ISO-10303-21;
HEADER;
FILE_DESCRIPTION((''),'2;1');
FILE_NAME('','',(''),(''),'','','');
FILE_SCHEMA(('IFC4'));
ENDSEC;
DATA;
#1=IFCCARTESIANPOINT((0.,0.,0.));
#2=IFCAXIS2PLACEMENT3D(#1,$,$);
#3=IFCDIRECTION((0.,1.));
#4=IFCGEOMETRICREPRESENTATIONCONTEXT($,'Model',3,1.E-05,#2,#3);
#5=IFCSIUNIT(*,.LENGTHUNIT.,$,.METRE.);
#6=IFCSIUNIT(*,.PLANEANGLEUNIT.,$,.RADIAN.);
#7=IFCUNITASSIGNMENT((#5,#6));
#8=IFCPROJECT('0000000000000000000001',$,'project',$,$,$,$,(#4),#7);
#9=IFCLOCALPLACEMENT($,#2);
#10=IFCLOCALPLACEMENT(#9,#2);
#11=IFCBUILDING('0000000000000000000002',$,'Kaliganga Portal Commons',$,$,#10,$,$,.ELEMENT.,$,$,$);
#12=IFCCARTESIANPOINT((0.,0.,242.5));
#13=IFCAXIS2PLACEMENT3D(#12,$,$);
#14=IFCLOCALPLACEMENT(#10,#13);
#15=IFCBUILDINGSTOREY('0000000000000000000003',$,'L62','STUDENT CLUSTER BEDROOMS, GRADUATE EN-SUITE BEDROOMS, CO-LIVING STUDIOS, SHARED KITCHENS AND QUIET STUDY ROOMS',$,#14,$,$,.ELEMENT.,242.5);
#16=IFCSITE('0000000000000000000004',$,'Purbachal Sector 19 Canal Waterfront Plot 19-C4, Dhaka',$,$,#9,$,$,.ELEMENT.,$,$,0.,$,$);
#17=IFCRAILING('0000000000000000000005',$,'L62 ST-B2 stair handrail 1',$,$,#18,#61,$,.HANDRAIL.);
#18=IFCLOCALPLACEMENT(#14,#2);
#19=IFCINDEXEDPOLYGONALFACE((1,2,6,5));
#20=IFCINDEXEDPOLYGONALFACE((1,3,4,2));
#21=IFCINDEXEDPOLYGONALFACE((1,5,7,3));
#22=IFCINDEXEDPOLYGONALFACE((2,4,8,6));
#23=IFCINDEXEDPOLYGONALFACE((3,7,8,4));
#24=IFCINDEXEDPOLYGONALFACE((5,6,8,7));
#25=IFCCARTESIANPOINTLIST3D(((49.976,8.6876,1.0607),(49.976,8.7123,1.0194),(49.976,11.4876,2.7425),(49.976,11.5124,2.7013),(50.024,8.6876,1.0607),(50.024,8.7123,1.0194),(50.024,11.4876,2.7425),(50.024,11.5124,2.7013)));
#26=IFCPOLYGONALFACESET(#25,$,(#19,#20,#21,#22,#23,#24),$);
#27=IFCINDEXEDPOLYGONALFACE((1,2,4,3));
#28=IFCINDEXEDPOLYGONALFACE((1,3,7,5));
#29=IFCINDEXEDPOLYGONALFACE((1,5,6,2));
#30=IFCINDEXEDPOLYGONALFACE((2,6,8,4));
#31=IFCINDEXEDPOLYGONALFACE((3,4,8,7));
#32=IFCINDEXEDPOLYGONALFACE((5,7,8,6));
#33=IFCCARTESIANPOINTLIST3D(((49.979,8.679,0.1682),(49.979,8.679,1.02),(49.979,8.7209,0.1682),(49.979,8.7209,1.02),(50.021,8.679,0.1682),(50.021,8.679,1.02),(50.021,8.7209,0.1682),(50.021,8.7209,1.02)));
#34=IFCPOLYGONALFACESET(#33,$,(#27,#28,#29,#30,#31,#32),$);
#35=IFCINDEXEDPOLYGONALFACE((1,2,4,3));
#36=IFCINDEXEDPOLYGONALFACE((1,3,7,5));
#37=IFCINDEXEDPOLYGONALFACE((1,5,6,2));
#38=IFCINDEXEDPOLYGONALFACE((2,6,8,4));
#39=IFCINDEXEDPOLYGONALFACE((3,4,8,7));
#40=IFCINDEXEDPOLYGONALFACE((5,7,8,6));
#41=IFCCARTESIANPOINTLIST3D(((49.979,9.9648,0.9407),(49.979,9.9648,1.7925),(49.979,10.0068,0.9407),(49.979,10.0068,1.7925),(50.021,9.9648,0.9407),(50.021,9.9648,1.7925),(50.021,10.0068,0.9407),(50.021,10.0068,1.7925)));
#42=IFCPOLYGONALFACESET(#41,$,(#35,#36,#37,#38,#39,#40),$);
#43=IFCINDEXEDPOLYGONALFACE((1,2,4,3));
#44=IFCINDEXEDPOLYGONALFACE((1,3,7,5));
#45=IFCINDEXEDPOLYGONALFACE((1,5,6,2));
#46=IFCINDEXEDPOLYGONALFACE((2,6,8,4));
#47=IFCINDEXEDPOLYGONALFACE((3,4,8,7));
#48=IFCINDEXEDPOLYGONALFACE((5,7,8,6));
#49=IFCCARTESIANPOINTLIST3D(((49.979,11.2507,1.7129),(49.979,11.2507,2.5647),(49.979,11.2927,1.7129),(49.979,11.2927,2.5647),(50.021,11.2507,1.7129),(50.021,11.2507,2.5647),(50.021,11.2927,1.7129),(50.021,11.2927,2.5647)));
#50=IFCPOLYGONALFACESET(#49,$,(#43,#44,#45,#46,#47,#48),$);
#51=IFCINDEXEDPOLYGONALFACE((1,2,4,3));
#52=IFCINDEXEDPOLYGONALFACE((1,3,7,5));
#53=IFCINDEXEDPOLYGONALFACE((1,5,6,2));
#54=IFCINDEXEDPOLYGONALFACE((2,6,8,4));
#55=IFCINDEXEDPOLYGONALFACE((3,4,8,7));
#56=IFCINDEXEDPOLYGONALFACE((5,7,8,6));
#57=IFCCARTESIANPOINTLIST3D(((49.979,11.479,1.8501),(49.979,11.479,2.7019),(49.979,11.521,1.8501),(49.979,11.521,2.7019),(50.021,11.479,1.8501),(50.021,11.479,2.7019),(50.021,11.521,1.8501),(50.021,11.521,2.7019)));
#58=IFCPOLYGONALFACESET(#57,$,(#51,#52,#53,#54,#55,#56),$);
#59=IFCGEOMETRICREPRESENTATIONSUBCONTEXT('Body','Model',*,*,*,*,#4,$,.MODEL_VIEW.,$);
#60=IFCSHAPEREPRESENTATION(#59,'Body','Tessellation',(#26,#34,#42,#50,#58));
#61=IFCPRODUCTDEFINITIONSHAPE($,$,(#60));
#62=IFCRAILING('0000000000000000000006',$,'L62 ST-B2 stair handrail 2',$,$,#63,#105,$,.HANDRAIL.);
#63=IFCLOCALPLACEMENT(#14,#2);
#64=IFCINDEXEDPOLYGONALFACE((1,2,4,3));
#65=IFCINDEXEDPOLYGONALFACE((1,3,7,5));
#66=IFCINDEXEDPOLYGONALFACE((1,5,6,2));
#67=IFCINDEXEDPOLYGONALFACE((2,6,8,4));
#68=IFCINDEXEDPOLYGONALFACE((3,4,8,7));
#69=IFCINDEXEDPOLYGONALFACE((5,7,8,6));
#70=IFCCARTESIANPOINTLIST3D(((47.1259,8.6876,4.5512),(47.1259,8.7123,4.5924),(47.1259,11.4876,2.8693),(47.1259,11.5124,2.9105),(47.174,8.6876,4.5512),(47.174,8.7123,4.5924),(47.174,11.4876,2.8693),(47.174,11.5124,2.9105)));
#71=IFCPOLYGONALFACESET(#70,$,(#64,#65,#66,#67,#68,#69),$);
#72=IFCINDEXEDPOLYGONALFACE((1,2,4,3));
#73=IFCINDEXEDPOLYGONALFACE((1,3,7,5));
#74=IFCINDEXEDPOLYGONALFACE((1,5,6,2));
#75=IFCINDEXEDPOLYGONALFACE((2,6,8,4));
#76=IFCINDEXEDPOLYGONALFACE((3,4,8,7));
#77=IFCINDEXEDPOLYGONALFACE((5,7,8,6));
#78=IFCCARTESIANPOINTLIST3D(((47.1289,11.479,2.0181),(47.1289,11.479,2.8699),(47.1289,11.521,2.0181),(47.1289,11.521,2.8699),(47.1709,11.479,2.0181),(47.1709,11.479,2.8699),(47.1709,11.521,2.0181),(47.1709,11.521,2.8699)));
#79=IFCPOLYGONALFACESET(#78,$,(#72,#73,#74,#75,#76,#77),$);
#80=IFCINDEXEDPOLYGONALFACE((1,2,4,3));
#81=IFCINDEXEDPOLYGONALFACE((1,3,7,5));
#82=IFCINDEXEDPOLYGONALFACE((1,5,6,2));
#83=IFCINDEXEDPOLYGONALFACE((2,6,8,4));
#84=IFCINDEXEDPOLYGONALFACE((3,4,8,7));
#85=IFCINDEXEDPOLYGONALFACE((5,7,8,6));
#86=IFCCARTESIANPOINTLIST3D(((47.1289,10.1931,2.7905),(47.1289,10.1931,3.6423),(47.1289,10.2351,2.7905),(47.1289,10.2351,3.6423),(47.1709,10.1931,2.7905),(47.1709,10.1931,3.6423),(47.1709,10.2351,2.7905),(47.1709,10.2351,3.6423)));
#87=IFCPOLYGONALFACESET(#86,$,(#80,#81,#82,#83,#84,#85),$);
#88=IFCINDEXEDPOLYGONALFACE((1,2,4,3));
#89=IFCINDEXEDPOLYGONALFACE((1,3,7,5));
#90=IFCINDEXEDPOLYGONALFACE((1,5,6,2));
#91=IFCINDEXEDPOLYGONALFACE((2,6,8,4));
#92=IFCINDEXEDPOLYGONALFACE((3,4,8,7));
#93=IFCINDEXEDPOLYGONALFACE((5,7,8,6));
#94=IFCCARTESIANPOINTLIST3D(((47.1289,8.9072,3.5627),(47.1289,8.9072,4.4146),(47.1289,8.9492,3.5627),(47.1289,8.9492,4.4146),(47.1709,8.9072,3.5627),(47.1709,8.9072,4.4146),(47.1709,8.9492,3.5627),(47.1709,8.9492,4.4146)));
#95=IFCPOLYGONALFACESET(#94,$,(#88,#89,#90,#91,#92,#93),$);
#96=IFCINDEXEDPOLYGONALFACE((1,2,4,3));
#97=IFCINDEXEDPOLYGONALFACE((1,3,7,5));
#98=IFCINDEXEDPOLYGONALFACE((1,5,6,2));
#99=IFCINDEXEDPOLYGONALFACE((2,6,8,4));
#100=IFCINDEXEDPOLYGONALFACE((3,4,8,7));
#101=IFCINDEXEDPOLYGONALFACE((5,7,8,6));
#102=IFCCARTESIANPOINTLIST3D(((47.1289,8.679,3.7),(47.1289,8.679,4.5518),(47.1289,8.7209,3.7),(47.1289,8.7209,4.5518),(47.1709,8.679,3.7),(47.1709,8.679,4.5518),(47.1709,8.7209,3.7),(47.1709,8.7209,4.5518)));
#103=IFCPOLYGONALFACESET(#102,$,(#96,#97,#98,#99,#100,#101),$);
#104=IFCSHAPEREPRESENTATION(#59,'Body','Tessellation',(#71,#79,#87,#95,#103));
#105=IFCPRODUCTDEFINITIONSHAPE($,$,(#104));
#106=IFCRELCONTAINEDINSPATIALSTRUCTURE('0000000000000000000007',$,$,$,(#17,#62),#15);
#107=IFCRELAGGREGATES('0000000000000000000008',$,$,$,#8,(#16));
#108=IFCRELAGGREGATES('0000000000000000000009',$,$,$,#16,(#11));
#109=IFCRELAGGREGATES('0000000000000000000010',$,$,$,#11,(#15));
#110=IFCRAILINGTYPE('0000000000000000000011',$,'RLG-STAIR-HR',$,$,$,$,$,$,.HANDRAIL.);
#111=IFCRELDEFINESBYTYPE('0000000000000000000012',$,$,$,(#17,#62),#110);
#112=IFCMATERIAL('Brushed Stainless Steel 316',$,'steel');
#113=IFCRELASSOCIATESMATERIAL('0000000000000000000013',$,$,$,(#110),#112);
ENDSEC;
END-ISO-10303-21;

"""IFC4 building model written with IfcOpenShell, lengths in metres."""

from ifc_helpers import new_model, si_unit, direction, frame, origin, origin_2d, place, context, subcontext, project, spatial, rectangle, extrude, material, type_object, element, save


model = new_model("IFC4")

# Units and contexts
model_context = context("Model", 3, precision=1e-05, world=origin(), true_north=direction((0.0, 1.0)))
body_context = subcontext(model_context, "Body", "Model", "MODEL_VIEW")
ifc_project = project(units=[si_unit("LENGTHUNIT", "METRE"), si_unit("PLANEANGLEUNIT", "RADIAN")], contexts=[model_context])

# Site, building, storey
site_placement = place(None, origin())
site = spatial("IfcSite", under=ifc_project, at=site_placement, Name="Purbachal Sector 19 Canal Waterfront Plot 19-C4, Dhaka", CompositionType="ELEMENT", RefElevation=0.0)
building_placement = place(site_placement, origin())
building = spatial("IfcBuilding", under=site, at=building_placement, Name="Kaliganga Portal Commons", CompositionType="ELEMENT")
storey_placement = place(building_placement, frame((0.0, 0.0, 242.5)))
storey = spatial("IfcBuildingStorey", under=building, at=storey_placement, Name="L62", Description="STUDENT CLUSTER BEDROOMS, GRADUATE EN-SUITE BEDROOMS, CO-LIVING STUDIOS, SHARED KITCHENS AND QUIET STUDY ROOMS", CompositionType="ELEMENT", Elevation=242.5)

# Railings
ifc_material_1 = material(Name="Brushed Stainless Steel 316", Category="steel")
railing_type_1 = type_object("IfcRailingType", Name="RLG-STAIR-HR", PredefinedType="HANDRAIL", material=ifc_material_1)
railing_1_placement = place(storey_placement, frame((50.0, 8.7, 0.1682)))
element("IfcRailing", 1, at=railing_1_placement, inside=storey, type_object=railing_type_1, Name="L62 ST-B2 stair handrail 1", PredefinedType="HANDRAIL", context=body_context, shape_type="SweptSolid", body=[
    extrude(rectangle(XDim=0.0481, YDim=0.0481, at=origin_2d()), frame((0.0, 0.0, 0.8718), z_axis=(0.0, 0.857242, 0.514913), x_axis=(-1.0, 0.0, 0.0)), (0.0, 0.0, 1.0), 3.2664),
    extrude(rectangle(XDim=0.042, YDim=0.042, at=origin_2d()), origin(), (0.0, 0.0, 1.0), 0.8518),
    extrude(rectangle(XDim=0.042, YDim=0.042, at=origin_2d()), frame((0.0, 1.2859, 0.7725)), (0.0, 0.0, 1.0), 0.8518),
    extrude(rectangle(XDim=0.042, YDim=0.042, at=origin_2d()), frame((0.0, 2.5718, 1.5447)), (0.0, 0.0, 1.0), 0.8518),
    extrude(rectangle(XDim=0.042, YDim=0.042, at=origin_2d()), frame((0.0, 2.8, 1.6819)), (0.0, 0.0, 1.0), 0.8518),
])
railing_2_placement = place(storey_placement, frame((47.1499, 11.5, 2.0181)))
element("IfcRailing", 2, at=railing_2_placement, inside=storey, type_object=railing_type_1, Name="L62 ST-B2 stair handrail 2", PredefinedType="HANDRAIL", context=body_context, shape_type="SweptSolid", body=[
    extrude(rectangle(XDim=0.0481, YDim=0.0481, at=origin_2d()), frame((0.0, 0.0, 0.8718), z_axis=(0.0, -0.857242, 0.514913), x_axis=(1.0, 0.0, 0.0)), (0.0, 0.0, 1.0), 3.2664),
    extrude(rectangle(XDim=0.042, YDim=0.042, at=origin_2d()), origin(), (0.0, 0.0, 1.0), 0.8518),
    extrude(rectangle(XDim=0.042, YDim=0.042, at=origin_2d()), frame((0.0, -1.2859, 0.7725)), (0.0, 0.0, 1.0), 0.8518),
    extrude(rectangle(XDim=0.042, YDim=0.042, at=origin_2d()), frame((0.0, -2.5718, 1.5447)), (0.0, 0.0, 1.0), 0.8518),
    extrude(rectangle(XDim=0.042, YDim=0.042, at=origin_2d()), frame((0.0, -2.8, 1.6819)), (0.0, 0.0, 1.0), 0.8518),
])

save(model, "model.ifc")
